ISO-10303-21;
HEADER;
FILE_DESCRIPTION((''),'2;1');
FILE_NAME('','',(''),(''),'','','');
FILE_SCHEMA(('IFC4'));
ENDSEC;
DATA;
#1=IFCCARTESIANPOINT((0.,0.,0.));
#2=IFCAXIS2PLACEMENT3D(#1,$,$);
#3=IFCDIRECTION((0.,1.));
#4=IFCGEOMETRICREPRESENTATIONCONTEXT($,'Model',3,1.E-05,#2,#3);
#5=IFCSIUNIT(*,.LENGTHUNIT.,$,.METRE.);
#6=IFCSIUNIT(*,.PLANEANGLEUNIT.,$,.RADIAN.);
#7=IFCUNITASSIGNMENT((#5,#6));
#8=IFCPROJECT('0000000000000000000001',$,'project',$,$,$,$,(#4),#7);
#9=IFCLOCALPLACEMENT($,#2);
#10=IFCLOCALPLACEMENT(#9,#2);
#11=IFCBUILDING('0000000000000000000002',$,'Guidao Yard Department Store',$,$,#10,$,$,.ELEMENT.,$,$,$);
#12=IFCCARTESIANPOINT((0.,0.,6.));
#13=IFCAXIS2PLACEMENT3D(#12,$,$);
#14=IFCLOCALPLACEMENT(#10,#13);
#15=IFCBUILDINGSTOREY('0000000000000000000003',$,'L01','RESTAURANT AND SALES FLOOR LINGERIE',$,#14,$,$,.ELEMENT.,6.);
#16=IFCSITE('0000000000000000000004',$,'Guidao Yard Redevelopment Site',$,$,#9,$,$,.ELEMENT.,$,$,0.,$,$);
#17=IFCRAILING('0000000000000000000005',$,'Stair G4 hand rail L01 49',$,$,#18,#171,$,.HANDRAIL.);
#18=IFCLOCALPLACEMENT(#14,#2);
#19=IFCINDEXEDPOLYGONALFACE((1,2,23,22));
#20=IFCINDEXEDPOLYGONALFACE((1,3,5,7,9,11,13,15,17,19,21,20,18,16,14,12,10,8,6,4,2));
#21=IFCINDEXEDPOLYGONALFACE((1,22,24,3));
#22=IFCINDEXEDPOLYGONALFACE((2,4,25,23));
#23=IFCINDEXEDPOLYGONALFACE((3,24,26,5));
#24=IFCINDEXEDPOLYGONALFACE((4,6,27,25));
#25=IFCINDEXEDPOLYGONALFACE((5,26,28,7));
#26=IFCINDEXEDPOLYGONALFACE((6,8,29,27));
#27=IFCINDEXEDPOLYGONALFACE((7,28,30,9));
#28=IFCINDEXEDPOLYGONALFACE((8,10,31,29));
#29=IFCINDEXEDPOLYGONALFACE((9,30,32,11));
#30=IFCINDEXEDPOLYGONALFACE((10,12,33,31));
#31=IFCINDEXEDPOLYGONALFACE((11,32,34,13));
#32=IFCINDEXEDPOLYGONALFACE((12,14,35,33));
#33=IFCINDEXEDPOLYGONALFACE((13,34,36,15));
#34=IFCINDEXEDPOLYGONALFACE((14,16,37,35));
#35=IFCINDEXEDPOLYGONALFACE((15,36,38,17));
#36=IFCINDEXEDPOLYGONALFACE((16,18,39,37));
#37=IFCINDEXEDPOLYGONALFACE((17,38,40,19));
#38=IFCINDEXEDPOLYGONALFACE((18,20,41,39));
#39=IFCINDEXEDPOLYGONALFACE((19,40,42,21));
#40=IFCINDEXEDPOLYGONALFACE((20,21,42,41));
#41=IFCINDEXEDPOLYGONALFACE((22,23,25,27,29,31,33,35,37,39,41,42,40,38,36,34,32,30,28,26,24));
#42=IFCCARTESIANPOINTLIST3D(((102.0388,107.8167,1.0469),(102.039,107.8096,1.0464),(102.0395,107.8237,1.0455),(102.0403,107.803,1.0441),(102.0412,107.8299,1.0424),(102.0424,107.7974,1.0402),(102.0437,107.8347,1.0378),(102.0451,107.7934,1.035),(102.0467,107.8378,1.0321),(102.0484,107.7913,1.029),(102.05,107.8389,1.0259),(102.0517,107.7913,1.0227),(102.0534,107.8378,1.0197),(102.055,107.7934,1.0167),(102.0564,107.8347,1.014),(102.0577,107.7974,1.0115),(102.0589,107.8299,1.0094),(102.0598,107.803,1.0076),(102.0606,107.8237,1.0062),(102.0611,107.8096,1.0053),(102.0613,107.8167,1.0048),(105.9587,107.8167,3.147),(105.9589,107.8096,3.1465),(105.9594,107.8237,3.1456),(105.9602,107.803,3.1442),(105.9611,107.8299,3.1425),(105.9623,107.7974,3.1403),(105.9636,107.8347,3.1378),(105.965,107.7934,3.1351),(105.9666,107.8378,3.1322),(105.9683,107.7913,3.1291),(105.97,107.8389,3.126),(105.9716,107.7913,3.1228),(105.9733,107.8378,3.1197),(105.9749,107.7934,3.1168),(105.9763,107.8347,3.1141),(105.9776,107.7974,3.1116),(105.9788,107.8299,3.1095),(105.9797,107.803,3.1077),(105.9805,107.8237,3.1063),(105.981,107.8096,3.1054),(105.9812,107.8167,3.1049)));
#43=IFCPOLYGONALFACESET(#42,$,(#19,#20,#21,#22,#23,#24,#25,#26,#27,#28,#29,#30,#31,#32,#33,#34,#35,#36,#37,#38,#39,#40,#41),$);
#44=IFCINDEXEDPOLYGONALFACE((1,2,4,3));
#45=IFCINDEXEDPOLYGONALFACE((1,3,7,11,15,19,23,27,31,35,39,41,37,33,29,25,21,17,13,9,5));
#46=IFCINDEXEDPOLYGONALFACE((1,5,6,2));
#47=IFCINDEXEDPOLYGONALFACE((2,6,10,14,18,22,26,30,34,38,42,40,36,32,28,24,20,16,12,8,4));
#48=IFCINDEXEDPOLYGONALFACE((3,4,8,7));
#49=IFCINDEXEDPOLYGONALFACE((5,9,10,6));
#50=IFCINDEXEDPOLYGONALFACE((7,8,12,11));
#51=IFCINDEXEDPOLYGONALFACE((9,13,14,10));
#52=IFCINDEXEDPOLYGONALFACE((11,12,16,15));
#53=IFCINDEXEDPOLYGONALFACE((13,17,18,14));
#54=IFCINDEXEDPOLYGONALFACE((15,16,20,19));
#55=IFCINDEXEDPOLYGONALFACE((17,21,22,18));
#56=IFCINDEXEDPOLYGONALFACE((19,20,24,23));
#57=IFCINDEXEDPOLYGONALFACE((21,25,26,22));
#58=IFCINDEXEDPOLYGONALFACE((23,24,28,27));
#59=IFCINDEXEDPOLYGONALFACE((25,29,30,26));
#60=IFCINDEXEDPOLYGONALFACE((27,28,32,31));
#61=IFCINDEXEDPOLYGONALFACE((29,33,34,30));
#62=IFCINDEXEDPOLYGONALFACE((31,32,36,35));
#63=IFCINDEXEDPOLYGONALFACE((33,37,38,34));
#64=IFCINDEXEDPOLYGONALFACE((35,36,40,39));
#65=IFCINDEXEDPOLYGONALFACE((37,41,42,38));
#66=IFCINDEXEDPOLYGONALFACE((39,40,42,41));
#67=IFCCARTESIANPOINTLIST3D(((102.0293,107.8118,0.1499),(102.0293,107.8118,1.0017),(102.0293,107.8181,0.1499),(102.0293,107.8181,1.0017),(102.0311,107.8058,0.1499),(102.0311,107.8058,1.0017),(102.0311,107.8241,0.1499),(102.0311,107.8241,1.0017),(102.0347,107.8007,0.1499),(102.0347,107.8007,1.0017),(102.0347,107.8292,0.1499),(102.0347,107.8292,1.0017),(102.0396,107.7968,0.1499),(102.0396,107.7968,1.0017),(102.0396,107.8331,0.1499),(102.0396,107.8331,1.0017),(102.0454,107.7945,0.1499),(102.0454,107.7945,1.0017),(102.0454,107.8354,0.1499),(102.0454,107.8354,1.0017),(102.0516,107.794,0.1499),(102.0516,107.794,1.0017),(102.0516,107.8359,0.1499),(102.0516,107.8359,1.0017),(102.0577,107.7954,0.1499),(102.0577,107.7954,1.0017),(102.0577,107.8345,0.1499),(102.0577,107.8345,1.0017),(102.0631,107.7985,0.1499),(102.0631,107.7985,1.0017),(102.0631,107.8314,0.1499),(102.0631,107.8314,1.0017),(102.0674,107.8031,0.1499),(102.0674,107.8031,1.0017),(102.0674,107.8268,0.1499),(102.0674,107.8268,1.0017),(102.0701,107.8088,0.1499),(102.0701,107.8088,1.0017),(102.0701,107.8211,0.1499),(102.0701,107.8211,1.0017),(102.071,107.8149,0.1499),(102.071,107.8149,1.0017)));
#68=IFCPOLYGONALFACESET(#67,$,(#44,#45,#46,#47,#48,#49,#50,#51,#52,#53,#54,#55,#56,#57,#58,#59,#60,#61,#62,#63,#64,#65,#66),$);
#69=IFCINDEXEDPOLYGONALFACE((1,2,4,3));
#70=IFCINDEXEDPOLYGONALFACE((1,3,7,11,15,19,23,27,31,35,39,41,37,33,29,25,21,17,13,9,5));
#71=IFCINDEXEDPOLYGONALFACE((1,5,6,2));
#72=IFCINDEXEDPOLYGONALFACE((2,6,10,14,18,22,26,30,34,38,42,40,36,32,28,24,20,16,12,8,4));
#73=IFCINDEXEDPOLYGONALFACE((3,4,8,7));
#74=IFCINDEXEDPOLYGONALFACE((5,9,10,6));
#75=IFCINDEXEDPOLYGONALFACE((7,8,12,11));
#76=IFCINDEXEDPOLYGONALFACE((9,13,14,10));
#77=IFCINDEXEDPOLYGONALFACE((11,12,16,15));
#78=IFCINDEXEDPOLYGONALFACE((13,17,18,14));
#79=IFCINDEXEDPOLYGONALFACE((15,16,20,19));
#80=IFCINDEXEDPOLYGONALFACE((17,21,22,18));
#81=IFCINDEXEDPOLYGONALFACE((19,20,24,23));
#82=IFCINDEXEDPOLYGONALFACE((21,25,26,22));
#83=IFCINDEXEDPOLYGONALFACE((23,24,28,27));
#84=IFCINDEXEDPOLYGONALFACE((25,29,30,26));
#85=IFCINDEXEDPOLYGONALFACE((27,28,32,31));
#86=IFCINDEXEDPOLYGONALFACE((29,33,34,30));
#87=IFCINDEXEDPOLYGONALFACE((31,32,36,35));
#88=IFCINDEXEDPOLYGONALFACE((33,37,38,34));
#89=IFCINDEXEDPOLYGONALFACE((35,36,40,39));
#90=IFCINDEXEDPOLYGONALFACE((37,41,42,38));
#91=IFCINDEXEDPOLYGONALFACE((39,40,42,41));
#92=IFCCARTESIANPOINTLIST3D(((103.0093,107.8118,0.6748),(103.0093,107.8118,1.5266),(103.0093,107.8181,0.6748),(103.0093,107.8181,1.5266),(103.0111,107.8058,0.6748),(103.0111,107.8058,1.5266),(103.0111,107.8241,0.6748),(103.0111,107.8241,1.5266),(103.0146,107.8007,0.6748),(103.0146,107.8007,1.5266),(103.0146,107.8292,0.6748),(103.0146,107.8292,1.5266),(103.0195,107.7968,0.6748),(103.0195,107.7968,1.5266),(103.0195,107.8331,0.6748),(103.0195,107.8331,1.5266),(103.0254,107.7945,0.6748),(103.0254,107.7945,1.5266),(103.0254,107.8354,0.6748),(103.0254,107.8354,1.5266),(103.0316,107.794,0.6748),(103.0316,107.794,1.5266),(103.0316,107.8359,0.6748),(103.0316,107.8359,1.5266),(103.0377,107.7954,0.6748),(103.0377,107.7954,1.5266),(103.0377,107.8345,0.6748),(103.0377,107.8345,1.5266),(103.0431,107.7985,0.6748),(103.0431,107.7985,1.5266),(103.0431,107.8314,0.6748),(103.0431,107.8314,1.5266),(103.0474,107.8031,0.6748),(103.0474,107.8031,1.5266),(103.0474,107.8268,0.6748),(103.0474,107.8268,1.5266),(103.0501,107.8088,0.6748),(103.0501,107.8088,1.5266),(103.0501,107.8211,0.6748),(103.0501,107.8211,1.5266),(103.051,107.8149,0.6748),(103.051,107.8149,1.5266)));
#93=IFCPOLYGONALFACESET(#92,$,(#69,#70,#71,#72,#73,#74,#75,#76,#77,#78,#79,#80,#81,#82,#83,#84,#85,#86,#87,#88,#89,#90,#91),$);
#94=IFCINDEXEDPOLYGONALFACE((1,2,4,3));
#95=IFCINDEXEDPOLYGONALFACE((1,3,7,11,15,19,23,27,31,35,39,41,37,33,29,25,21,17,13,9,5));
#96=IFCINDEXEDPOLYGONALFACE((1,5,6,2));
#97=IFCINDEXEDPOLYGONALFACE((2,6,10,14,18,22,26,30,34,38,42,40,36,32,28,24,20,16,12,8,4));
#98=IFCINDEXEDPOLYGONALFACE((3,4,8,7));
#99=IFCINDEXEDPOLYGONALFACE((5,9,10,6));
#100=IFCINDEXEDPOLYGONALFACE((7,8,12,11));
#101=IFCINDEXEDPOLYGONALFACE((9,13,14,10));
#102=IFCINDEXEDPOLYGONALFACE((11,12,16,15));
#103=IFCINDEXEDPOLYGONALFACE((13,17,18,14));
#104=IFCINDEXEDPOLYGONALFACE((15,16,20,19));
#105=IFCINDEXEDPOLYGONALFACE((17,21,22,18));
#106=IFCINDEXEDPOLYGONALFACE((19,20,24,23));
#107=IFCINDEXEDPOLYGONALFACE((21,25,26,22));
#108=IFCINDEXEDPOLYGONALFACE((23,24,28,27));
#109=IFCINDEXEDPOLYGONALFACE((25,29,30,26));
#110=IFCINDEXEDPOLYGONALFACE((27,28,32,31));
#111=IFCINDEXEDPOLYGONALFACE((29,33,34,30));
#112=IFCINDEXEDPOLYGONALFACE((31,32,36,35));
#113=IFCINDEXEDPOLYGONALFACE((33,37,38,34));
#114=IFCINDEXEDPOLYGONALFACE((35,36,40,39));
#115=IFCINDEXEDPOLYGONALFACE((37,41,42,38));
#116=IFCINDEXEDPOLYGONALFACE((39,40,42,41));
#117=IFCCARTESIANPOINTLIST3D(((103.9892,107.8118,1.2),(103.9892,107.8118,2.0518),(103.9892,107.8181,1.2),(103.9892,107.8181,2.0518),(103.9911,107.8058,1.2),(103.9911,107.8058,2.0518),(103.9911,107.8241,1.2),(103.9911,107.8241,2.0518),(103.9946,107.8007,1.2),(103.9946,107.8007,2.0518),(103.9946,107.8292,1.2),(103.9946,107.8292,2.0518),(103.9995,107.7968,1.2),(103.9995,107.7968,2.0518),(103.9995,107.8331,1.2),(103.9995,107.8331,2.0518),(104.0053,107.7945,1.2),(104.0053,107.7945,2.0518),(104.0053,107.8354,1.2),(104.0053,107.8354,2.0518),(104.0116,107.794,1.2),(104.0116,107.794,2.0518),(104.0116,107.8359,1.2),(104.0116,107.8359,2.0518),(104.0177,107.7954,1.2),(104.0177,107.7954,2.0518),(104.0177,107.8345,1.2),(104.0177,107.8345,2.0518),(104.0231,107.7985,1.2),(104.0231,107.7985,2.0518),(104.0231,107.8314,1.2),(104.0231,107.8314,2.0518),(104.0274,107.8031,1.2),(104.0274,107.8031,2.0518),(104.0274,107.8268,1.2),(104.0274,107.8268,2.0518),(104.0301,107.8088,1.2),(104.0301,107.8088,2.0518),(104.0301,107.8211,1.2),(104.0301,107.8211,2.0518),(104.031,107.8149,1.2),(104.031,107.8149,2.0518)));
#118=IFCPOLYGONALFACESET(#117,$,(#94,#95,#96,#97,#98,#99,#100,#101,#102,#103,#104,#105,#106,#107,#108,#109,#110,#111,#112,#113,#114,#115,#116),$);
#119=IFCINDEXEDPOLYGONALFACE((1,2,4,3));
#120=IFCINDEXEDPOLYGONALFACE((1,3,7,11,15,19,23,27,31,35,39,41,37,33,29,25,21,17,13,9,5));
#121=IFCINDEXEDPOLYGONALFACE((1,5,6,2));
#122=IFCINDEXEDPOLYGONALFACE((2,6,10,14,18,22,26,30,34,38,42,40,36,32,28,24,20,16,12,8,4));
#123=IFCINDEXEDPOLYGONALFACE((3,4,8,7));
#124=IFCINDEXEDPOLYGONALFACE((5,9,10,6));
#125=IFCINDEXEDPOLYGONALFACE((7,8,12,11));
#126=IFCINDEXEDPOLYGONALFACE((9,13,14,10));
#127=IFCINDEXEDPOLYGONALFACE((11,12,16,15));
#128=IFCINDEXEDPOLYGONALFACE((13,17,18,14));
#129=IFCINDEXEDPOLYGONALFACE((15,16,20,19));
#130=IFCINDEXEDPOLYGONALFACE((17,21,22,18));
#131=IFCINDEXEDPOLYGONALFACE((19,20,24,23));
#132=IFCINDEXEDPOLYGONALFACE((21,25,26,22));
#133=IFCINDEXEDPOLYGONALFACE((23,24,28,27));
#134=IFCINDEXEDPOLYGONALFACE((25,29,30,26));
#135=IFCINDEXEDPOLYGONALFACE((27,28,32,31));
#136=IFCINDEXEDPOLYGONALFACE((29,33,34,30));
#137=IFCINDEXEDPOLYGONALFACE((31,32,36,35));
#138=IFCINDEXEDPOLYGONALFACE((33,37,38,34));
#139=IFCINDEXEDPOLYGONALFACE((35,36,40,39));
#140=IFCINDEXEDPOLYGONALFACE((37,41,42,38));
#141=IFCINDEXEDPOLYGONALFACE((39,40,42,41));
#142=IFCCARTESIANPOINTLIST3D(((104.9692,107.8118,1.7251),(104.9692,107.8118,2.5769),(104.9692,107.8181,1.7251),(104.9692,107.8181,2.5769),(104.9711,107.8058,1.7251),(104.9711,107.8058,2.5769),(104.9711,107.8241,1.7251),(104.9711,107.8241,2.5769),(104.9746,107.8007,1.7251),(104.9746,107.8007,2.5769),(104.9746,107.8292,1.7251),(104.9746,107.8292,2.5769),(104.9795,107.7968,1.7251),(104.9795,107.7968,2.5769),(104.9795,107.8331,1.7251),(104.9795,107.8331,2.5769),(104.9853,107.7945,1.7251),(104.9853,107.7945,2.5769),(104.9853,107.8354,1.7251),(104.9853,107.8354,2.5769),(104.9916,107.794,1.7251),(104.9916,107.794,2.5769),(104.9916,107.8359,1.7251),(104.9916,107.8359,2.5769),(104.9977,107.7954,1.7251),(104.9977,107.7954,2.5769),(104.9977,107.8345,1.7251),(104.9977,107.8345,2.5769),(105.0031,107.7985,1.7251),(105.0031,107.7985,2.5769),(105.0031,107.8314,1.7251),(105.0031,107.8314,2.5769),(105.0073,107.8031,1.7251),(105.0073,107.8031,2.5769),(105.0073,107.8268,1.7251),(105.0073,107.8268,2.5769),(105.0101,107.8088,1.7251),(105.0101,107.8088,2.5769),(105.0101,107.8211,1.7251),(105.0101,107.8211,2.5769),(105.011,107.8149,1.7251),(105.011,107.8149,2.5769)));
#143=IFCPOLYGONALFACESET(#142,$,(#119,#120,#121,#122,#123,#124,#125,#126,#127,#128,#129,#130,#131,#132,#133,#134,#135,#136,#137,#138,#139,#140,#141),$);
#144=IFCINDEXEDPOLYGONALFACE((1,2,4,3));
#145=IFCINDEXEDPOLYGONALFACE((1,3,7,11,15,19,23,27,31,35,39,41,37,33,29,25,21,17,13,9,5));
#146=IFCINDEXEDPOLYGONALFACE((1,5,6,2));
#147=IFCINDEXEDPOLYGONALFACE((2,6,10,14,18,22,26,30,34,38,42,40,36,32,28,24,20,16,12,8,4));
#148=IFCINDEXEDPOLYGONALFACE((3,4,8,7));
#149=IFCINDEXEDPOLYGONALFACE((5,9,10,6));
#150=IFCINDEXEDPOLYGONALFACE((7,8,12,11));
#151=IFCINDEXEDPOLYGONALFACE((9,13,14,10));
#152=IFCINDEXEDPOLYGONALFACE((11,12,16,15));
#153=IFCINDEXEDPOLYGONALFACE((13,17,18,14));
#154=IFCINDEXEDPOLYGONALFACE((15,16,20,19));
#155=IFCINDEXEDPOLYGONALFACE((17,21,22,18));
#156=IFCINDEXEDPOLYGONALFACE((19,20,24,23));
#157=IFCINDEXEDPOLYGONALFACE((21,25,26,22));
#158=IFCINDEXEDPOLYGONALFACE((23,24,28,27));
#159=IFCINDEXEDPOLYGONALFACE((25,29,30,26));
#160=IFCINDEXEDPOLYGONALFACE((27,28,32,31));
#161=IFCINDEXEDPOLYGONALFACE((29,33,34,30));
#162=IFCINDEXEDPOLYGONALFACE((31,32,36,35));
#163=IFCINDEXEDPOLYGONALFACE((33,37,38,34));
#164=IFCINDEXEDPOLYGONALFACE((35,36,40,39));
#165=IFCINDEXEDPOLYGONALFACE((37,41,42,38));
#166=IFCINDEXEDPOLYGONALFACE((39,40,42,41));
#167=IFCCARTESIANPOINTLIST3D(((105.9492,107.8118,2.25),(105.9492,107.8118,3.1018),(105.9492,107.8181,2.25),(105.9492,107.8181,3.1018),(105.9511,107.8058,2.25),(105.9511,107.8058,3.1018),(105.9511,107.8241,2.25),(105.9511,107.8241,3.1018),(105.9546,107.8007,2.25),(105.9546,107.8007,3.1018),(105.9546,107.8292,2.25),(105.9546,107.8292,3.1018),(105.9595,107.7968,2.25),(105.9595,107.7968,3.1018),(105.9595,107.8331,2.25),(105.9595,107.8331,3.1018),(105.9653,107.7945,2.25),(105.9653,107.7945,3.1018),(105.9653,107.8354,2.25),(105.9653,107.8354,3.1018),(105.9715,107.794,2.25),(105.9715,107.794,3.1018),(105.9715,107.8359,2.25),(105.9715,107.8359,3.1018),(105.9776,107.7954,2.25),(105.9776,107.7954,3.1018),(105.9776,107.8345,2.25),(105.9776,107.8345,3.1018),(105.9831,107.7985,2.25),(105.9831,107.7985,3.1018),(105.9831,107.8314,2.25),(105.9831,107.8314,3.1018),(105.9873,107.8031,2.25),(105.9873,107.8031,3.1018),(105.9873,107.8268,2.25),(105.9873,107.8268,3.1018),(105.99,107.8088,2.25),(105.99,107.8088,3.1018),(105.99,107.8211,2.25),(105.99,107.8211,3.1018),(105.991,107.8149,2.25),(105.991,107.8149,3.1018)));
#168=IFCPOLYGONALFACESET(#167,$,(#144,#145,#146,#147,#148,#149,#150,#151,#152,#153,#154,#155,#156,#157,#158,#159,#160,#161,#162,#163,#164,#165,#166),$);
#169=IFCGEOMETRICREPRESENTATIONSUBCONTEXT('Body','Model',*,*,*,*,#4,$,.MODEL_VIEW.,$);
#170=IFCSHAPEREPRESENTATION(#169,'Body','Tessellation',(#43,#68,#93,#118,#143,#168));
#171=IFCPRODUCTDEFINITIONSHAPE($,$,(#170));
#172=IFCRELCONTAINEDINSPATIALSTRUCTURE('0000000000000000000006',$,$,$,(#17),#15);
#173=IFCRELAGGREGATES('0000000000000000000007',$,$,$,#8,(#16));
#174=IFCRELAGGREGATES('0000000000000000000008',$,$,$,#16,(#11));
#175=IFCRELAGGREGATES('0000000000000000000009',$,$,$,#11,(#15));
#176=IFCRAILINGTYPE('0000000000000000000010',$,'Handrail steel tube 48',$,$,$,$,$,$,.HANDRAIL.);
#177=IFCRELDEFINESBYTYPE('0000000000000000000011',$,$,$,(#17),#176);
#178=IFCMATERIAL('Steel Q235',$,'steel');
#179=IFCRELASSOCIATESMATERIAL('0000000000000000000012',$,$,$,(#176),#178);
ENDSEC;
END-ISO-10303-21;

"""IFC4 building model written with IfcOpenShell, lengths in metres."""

from ifc_helpers import new_model, si_unit, direction, frame, origin, origin_2d, place, context, subcontext, project, spatial, circle, extrude, material, type_object, element, save


model = new_model("IFC4")

# Units and contexts
model_context = context("Model", 3, precision=1e-05, world=origin(), true_north=direction((0.0, 1.0)))
body_context = subcontext(model_context, "Body", "Model", "MODEL_VIEW")
ifc_project = project(units=[si_unit("LENGTHUNIT", "METRE"), si_unit("PLANEANGLEUNIT", "RADIAN")], contexts=[model_context])

# Site, building, storey
site_placement = place(None, origin())
site = spatial("IfcSite", under=ifc_project, at=site_placement, Name="Guidao Yard Redevelopment Site", CompositionType="ELEMENT", RefElevation=0.0)
building_placement = place(site_placement, origin())
building = spatial("IfcBuilding", under=site, at=building_placement, Name="Guidao Yard Department Store", CompositionType="ELEMENT")
storey_placement = place(building_placement, frame((0.0, 0.0, 6.0)))
storey = spatial("IfcBuildingStorey", under=building, at=storey_placement, Name="L01", Description="RESTAURANT AND SALES FLOOR LINGERIE", CompositionType="ELEMENT", Elevation=6.0)

# Railing
ifc_material_1 = material(Name="Steel Q235", Category="steel")
railing_type_1 = type_object("IfcRailingType", Name="Handrail steel tube 48", PredefinedType="HANDRAIL", material=ifc_material_1)
for number, where, name in (
    (1, (102.05, 107.8149, 0.1499), "Stair G4 hand rail L01 49"),
):
    element("IfcRailing", number, at=place(storey_placement, frame(where)), inside=storey, type_object=railing_type_1, Name=name, PredefinedType="HANDRAIL", context=body_context, shape_type="SweptSolid", body=[
        extrude(circle(Radius=0.0239, at=origin_2d()), frame((0.0, 0.0, 0.876), z_axis=(0.881467, 0.0, 0.472246), x_axis=(0.0, 1.0, 0.0)), (0.0, 0.0, 1.0), 4.447),
        extrude(circle(Radius=0.021, at=origin_2d()), origin(), (0.0, 0.0, 1.0), 0.8518),
        extrude(circle(Radius=0.021, at=origin_2d()), frame((0.98, 0.0, 0.5249)), (0.0, 0.0, 1.0), 0.8518),
        extrude(circle(Radius=0.021, at=origin_2d()), frame((1.96, 0.0, 1.05)), (0.0, 0.0, 1.0), 0.8518),
        extrude(circle(Radius=0.021, at=origin_2d()), frame((2.9399, 0.0, 1.5752)), (0.0, 0.0, 1.0), 0.8518),
        extrude(circle(Radius=0.021, at=origin_2d()), frame((3.9199, 0.0, 2.1001)), (0.0, 0.0, 1.0), 0.8518),
    ])

save(model, "model.ifc")
